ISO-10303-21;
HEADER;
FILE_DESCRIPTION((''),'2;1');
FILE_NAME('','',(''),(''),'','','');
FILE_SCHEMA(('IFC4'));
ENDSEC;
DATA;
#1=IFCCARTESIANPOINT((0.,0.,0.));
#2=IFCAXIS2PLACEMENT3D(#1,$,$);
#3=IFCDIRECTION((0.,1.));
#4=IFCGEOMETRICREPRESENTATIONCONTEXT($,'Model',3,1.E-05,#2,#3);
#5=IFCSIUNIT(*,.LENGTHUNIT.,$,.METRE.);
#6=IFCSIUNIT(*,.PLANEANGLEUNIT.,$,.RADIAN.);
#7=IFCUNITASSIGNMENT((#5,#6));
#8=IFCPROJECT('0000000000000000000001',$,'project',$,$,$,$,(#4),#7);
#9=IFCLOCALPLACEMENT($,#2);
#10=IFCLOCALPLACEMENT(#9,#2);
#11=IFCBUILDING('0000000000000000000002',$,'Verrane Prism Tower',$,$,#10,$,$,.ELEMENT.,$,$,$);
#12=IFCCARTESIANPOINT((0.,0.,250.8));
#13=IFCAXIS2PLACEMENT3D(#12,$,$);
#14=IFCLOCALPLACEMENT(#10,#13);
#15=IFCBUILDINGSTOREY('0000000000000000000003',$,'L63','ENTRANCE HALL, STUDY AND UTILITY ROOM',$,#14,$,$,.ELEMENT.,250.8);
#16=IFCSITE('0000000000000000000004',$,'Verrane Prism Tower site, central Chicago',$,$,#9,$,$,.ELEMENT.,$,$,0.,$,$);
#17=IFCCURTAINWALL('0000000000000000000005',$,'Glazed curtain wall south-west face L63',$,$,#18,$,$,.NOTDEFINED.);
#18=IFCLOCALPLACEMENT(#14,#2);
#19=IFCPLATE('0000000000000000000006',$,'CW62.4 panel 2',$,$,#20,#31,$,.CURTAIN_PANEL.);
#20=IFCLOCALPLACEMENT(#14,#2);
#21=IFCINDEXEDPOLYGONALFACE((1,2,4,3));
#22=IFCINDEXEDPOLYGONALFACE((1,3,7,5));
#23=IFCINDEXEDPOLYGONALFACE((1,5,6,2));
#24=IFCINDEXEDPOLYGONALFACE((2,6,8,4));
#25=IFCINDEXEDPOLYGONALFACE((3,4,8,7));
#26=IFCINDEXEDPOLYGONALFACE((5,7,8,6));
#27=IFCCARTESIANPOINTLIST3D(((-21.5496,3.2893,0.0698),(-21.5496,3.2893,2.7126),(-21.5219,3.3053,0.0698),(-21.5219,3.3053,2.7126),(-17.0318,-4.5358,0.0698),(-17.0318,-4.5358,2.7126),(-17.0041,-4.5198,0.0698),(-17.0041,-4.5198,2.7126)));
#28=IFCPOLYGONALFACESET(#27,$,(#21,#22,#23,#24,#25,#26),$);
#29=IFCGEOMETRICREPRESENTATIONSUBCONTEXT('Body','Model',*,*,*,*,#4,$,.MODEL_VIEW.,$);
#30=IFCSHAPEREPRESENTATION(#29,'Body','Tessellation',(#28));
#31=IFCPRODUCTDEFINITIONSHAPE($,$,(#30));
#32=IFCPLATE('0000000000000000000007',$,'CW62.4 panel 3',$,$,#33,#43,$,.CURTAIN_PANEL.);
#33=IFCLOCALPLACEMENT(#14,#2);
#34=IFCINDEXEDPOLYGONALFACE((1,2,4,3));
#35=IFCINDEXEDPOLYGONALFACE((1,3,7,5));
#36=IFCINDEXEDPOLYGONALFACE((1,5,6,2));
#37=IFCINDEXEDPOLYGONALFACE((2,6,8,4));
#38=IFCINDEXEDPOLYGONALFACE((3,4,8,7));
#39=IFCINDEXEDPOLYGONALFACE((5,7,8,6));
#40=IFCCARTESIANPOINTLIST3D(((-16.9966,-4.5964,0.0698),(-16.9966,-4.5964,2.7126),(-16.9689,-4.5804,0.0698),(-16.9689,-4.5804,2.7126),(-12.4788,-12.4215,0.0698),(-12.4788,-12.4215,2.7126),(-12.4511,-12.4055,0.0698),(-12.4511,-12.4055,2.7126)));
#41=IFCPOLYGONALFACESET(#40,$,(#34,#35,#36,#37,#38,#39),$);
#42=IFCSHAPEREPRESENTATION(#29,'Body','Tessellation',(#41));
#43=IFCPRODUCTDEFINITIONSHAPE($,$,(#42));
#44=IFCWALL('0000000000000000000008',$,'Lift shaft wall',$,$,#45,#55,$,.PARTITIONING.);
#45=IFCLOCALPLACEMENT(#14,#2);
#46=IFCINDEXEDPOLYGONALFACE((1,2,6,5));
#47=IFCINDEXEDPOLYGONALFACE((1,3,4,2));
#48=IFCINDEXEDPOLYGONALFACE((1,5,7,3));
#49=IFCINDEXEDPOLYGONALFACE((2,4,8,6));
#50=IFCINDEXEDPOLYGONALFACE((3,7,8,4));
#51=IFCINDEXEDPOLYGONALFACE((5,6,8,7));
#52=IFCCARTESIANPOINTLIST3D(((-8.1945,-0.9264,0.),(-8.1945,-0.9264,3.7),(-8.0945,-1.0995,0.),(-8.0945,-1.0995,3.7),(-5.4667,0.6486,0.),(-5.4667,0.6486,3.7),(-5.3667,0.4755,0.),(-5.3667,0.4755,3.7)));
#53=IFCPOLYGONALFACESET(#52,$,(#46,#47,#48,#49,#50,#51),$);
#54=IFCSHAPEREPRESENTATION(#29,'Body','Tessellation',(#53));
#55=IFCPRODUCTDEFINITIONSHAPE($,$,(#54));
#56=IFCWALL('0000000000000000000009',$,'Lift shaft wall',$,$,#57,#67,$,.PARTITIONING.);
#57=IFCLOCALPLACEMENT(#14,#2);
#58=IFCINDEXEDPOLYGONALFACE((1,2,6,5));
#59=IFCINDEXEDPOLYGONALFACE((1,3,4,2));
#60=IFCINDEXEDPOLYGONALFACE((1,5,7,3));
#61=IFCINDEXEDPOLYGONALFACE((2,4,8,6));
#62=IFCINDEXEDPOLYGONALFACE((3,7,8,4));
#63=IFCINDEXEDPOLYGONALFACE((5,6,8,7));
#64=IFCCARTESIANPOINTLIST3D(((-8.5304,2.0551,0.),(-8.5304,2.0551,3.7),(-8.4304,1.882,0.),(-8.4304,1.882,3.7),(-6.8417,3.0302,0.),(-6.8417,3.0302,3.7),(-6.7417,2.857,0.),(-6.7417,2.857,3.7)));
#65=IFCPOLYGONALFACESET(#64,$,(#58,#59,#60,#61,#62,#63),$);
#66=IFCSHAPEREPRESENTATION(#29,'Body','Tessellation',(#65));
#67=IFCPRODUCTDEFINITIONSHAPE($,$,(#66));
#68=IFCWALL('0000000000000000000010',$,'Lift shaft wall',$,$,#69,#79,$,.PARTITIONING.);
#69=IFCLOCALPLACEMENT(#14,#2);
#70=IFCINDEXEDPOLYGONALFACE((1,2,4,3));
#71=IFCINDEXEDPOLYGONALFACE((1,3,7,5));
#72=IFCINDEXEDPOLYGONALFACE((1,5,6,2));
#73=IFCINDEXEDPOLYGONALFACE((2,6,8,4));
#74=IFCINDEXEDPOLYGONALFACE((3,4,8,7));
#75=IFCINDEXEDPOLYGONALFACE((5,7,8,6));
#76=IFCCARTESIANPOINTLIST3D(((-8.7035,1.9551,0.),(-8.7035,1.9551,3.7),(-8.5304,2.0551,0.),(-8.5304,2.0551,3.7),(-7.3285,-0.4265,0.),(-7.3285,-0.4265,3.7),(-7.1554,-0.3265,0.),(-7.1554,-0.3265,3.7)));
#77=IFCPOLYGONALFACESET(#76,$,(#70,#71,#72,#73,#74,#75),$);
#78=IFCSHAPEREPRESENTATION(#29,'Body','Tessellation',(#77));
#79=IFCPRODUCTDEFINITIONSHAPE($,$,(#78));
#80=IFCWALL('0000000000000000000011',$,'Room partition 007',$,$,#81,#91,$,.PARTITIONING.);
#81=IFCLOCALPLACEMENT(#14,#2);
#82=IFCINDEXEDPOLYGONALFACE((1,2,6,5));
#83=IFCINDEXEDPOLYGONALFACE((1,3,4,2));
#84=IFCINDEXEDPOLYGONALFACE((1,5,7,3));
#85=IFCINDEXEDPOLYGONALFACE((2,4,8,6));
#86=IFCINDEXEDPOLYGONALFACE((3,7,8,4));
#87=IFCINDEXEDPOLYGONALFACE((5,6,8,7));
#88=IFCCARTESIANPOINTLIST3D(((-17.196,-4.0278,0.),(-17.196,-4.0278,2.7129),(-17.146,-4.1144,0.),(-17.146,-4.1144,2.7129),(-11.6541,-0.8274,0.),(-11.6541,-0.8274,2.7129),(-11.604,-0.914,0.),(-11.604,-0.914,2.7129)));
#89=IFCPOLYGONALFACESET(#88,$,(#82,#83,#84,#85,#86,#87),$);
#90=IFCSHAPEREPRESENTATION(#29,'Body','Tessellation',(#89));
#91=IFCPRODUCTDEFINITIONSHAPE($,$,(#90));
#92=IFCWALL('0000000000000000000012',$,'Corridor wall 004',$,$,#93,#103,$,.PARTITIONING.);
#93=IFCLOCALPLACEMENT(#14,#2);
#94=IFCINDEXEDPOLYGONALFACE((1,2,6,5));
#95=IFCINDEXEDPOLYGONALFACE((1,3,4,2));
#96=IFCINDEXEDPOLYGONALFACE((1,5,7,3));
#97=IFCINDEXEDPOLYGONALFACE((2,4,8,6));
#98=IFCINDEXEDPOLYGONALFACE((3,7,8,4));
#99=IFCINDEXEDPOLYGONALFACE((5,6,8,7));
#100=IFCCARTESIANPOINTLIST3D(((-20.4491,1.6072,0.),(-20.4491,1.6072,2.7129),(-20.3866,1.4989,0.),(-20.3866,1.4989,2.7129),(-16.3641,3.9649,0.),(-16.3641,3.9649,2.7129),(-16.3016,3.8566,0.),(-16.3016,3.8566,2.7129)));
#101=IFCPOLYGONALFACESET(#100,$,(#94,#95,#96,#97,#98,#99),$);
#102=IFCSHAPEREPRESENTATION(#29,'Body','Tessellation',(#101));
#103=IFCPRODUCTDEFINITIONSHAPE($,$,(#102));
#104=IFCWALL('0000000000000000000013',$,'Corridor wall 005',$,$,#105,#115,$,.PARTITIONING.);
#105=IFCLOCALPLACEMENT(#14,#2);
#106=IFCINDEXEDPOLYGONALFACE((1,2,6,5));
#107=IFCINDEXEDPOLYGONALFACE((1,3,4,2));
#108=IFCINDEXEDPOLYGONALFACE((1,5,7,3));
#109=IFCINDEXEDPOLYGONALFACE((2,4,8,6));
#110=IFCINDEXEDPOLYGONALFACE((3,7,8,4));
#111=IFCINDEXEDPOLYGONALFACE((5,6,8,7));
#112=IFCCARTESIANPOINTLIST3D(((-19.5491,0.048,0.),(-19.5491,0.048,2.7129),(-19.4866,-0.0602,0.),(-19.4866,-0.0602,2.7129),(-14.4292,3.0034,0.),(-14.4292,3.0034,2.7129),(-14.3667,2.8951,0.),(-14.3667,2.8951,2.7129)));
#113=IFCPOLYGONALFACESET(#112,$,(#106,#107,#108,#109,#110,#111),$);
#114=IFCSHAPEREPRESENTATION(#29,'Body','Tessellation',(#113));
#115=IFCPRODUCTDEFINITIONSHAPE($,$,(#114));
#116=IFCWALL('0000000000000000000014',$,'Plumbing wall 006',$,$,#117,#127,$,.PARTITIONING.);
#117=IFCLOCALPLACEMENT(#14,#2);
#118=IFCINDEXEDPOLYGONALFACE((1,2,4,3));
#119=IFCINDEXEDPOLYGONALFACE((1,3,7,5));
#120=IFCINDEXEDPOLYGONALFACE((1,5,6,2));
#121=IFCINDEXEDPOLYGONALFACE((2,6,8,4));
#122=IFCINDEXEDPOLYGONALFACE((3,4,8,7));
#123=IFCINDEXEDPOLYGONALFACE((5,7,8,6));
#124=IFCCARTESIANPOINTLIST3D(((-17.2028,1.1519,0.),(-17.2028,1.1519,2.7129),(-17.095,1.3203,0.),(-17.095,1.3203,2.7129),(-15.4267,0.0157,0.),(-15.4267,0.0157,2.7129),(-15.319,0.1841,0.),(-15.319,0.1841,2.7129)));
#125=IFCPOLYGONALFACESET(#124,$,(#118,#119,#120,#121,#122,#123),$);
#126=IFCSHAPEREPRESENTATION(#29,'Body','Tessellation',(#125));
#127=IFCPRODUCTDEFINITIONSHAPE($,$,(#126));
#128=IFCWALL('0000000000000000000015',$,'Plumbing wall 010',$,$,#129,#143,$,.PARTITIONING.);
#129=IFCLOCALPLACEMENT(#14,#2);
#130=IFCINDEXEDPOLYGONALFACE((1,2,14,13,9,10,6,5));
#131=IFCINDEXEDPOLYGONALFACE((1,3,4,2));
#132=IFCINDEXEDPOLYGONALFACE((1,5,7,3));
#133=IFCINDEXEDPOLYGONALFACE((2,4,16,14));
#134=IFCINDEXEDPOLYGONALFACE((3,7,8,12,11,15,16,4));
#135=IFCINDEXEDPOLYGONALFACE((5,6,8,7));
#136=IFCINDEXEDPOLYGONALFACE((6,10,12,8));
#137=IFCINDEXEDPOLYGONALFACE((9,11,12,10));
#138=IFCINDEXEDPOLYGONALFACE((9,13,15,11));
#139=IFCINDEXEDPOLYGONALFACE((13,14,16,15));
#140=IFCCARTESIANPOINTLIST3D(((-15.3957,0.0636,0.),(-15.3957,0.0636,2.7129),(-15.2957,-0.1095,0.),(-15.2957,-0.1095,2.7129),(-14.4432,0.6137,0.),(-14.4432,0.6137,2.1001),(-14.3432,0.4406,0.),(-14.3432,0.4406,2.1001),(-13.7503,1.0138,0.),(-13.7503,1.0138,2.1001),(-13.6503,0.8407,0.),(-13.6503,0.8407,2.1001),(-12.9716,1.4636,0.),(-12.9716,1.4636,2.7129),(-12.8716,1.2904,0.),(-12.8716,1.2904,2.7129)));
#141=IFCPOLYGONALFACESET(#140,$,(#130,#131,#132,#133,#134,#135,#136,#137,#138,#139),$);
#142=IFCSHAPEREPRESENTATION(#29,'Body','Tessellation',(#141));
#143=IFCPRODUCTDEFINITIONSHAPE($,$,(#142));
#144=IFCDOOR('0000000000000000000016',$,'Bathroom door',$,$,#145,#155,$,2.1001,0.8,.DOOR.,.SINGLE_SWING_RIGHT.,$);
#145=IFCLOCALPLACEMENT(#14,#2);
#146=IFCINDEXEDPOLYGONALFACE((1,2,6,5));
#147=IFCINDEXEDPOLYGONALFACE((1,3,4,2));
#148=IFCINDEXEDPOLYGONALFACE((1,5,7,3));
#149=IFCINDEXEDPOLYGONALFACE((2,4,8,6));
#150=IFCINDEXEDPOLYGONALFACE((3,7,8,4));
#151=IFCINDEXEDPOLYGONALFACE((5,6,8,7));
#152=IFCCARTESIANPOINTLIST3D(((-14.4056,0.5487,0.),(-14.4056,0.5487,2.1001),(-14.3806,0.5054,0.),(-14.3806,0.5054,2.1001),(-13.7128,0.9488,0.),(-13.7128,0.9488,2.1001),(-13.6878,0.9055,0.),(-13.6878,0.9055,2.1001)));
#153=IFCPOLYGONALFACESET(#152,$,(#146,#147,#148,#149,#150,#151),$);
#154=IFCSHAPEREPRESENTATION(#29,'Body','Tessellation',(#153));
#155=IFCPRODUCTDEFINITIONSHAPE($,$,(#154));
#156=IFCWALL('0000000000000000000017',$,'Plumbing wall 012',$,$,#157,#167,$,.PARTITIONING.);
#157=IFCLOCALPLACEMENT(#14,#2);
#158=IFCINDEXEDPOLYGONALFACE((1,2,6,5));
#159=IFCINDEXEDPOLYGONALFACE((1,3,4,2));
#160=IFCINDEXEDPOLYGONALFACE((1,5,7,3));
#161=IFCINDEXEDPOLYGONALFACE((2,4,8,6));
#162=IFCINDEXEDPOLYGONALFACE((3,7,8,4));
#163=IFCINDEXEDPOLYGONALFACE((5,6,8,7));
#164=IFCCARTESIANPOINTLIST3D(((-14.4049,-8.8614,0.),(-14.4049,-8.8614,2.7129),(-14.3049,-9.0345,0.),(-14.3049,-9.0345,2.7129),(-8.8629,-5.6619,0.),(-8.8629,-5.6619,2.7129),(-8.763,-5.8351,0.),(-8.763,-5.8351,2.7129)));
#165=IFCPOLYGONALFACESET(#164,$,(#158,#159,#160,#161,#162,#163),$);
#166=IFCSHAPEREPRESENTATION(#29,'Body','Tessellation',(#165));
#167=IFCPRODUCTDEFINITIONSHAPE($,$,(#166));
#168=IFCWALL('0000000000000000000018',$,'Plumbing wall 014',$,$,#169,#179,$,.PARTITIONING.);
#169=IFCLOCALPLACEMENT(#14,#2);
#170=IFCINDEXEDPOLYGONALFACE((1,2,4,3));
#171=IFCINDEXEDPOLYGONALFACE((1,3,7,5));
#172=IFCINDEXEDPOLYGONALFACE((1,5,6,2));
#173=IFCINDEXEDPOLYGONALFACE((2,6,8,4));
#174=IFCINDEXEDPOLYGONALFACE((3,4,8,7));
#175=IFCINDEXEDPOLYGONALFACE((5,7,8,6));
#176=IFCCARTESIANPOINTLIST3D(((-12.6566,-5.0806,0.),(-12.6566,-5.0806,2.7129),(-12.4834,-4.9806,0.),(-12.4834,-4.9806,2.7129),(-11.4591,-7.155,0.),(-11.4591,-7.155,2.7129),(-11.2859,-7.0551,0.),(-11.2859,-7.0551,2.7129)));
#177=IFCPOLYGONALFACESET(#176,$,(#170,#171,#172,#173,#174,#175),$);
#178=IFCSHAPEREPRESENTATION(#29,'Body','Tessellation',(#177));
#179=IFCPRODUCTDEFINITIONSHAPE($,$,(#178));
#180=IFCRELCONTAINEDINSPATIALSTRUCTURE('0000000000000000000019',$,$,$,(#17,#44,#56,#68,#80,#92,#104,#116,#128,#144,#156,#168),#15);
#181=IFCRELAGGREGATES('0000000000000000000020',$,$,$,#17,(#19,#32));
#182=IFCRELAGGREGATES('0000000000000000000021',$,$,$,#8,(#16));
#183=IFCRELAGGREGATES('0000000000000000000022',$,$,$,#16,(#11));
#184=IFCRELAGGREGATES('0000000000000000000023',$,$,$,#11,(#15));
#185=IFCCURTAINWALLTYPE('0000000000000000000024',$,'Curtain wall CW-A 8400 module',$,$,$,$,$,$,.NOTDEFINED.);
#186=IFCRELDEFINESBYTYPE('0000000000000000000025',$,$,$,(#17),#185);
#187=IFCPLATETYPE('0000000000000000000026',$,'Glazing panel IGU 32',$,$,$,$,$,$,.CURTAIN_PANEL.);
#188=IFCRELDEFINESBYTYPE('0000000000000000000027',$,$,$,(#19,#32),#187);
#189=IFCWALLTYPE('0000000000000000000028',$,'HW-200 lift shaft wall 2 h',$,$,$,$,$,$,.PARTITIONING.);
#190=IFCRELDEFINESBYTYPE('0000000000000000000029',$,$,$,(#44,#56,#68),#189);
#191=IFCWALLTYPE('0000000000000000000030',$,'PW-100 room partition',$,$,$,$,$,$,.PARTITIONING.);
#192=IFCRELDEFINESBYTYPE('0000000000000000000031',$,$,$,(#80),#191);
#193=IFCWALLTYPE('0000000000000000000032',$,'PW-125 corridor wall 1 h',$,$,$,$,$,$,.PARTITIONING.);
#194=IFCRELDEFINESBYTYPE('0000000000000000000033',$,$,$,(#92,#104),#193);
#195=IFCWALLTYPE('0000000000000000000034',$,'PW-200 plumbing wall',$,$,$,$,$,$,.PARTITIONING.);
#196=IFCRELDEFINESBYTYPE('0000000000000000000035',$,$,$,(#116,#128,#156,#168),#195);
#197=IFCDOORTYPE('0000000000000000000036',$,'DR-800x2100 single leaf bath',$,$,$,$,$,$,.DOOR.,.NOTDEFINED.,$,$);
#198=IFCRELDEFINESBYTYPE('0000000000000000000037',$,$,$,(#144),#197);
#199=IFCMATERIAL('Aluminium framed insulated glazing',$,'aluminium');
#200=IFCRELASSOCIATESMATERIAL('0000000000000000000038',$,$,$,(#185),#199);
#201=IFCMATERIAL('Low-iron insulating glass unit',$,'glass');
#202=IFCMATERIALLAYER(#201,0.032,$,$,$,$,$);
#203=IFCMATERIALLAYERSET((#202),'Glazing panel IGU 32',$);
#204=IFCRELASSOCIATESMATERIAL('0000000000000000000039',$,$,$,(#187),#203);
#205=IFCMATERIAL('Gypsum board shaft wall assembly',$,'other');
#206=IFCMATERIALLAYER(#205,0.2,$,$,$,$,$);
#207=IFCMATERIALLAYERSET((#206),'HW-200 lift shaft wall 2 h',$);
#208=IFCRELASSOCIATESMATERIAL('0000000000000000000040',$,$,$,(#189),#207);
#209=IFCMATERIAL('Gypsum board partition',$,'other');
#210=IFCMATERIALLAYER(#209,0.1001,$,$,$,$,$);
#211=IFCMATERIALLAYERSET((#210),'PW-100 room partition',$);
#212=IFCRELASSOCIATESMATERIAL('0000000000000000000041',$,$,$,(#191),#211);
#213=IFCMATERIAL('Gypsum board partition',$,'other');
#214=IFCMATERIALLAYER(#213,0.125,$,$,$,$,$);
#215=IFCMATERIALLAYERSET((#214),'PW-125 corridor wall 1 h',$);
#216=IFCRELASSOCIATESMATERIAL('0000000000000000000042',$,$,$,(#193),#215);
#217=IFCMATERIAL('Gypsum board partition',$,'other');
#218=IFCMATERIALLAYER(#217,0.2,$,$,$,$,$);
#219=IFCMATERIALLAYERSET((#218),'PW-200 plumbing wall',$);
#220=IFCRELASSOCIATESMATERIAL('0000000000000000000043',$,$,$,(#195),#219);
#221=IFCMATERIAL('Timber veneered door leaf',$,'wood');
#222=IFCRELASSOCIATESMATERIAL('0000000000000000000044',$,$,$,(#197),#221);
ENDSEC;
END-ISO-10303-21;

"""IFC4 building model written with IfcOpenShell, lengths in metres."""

from ifc_helpers import new_model, si_unit, direction, frame, frame_2d, origin, origin_2d, place, context, subcontext, project, spatial, rectangle, extrude, material, layer, layer_set, type_object, element, fill, aggregate, save


model = new_model("IFC4")

# Units and contexts
model_context = context("Model", 3, precision=1e-05, world=origin(), true_north=direction((0.0, 1.0)))
body_context = subcontext(model_context, "Body", "Model", "MODEL_VIEW")
ifc_project = project(units=[si_unit("LENGTHUNIT", "METRE"), si_unit("PLANEANGLEUNIT", "RADIAN")], contexts=[model_context])

# Site, building, storey
site_placement = place(None, origin())
site = spatial("IfcSite", under=ifc_project, at=site_placement, Name="Verrane Prism Tower site, central Chicago", CompositionType="ELEMENT", RefElevation=0.0)
building_placement = place(site_placement, origin())
building = spatial("IfcBuilding", under=site, at=building_placement, Name="Verrane Prism Tower", CompositionType="ELEMENT")
storey_placement = place(building_placement, frame((0.0, 0.0, 250.8)))
storey = spatial("IfcBuildingStorey", under=building, at=storey_placement, Name="L63", Description="ENTRANCE HALL, STUDY AND UTILITY ROOM", CompositionType="ELEMENT", Elevation=250.8)

# Curtain wall
ifc_material_1 = material(Name="Aluminium framed insulated glazing", Category="aluminium")
curtain_wall_type = type_object("IfcCurtainWallType", Name="Curtain wall CW-A 8400 module", PredefinedType="NOTDEFINED", material=ifc_material_1)
curtain_wall_placement = place(storey_placement, origin())
curtain_wall = element("IfcCurtainWall", 1, at=curtain_wall_placement, inside=storey, type_object=curtain_wall_type, Name="Glazed curtain wall south-west face L63", PredefinedType="NOTDEFINED")

# Plates
ifc_material_2 = material(Name="Low-iron insulating glass unit", Category="glass")
ifc_layer_1 = layer(ifc_material_2, 0.032)
ifc_layer_set_1 = layer_set([ifc_layer_1], Name="Glazing panel IGU 32")
plate_type = type_object("IfcPlateType", Name="Glazing panel IGU 32", PredefinedType="CURTAIN_PANEL", material=ifc_layer_set_1)
plate_1_placement = place(storey_placement, frame((-19.2769, -0.6152, 0.0698), z_axis=(0.0, 0.0, 1.0), x_axis=(0.5, -0.866026, 0.0)))
plate_1 = element("IfcPlate", 2, at=plate_1_placement, type_object=plate_type, Name="CW62.4 panel 2", PredefinedType="CURTAIN_PANEL", context=body_context, shape_type="SweptSolid", body=[
    extrude(rectangle(XDim=9.0356, YDim=0.032, at=origin_2d()), origin(), (0.0, 0.0, 1.0), 2.6428),
])
plate_2_placement = place(storey_placement, frame((-14.7239, -8.501, 0.0698), z_axis=(0.0, 0.0, 1.0), x_axis=(0.5, -0.866026, 0.0)))
plate_2 = element("IfcPlate", 3, at=plate_2_placement, type_object=plate_type, Name="CW62.4 panel 3", PredefinedType="CURTAIN_PANEL", context=body_context, shape_type="SweptSolid", body=[
    extrude(rectangle(XDim=9.0356, YDim=0.032, at=origin_2d()), origin(), (0.0, 0.0, 1.0), 2.6428),
])
aggregate(curtain_wall, [plate_1, plate_2])

# Walls
ifc_material_3 = material(Name="Gypsum board shaft wall assembly", Category="other")
ifc_layer_2 = layer(ifc_material_3, 0.2)
ifc_layer_set_2 = layer_set([ifc_layer_2], Name="HW-200 lift shaft wall 2 h")
wall_type_1 = type_object("IfcWallType", Name="HW-200 lift shaft wall 2 h", PredefinedType="PARTITIONING", material=ifc_layer_set_2)
wall_1_placement = place(storey_placement, frame((-8.1445, -1.0129, 0.0), z_axis=(0.0, 0.0, 1.0), x_axis=(0.866016, 0.500015, 0.0)))
element("IfcWall", 4, at=wall_1_placement, inside=storey, type_object=wall_type_1, Name="Lift shaft wall", PredefinedType="PARTITIONING", context=body_context, shape_type="SweptSolid", body=[
    extrude(rectangle(XDim=3.1499, YDim=0.2, at=frame_2d((1.575, 0.0))), origin(), (0.0, 0.0, 1.0), 3.7),
])
wall_2_placement = place(storey_placement, frame((-8.4805, 1.9685, 0.0), z_axis=(0.0, 0.0, 1.0), x_axis=(0.866, 0.500044, 0.0)))
element("IfcWall", 5, at=wall_2_placement, inside=storey, type_object=wall_type_1, Name="Lift shaft wall", PredefinedType="PARTITIONING", context=body_context, shape_type="SweptSolid", body=[
    extrude(rectangle(XDim=1.95, YDim=0.2, at=frame_2d((0.9751, 0.0))), origin(), (0.0, 0.0, 1.0), 3.7),
])
wall_3_placement = place(storey_placement, frame((-7.2419, -0.3765, 0.0), z_axis=(0.0, 0.0, 1.0), x_axis=(-0.499997, 0.866027, 0.0)))
element("IfcWall", 6, at=wall_3_placement, inside=storey, type_object=wall_type_1, Name="Lift shaft wall", PredefinedType="PARTITIONING", context=body_context, shape_type="SweptSolid", body=[
    extrude(rectangle(XDim=2.75, YDim=0.2, at=frame_2d((1.375, 0.0))), origin(), (0.0, 0.0, 1.0), 3.7),
])
ifc_material_4 = material(Name="Gypsum board partition", Category="other")
ifc_layer_3 = layer(ifc_material_4, 0.1001)
ifc_layer_set_3 = layer_set([ifc_layer_3], Name="PW-100 room partition")
wall_type_2 = type_object("IfcWallType", Name="PW-100 room partition", PredefinedType="PARTITIONING", material=ifc_layer_set_3)
wall_4_placement = place(storey_placement, frame((-17.1709, -4.071, 0.0), z_axis=(0.0, 0.0, 1.0), x_axis=(0.865973, 0.50009, 0.0)))
element("IfcWall", 7, at=wall_4_placement, inside=storey, type_object=wall_type_2, Name="Room partition 007", PredefinedType="PARTITIONING", context=body_context, shape_type="SweptSolid", body=[
    extrude(rectangle(XDim=6.3997, YDim=0.1001, at=frame_2d((3.1997, 0.0))), origin(), (0.0, 0.0, 1.0), 2.7129),
])
ifc_material_5 = material(Name="Gypsum board partition", Category="other")
ifc_layer_4 = layer(ifc_material_5, 0.125)
ifc_layer_set_4 = layer_set([ifc_layer_4], Name="PW-125 corridor wall 1 h")
wall_type_3 = type_object("IfcWallType", Name="PW-125 corridor wall 1 h", PredefinedType="PARTITIONING", material=ifc_layer_set_4)
wall_5_placement = place(storey_placement, frame((-20.418, 1.553, 0.0), z_axis=(0.0, 0.0, 1.0), x_axis=(0.866098, 0.499875, 0.0)))
element("IfcWall", 8, at=wall_5_placement, inside=storey, type_object=wall_type_3, Name="Corridor wall 004", PredefinedType="PARTITIONING", context=body_context, shape_type="SweptSolid", body=[
    extrude(rectangle(XDim=4.7166, YDim=0.125, at=frame_2d((2.3584, 0.0))), origin(), (0.0, 0.0, 1.0), 2.7129),
])
wall_6_placement = place(storey_placement, frame((-19.5178, -0.0061, 0.0), z_axis=(0.0, 0.0, 1.0), x_axis=(0.866072, 0.499919, 0.0)))
element("IfcWall", 9, at=wall_6_placement, inside=storey, type_object=wall_type_3, Name="Corridor wall 005", PredefinedType="PARTITIONING", context=body_context, shape_type="SweptSolid", body=[
    extrude(rectangle(XDim=5.9116, YDim=0.125, at=frame_2d((2.9558, 0.0))), origin(), (0.0, 0.0, 1.0), 2.7129),
])
ifc_material_6 = material(Name="Gypsum board partition", Category="other")
ifc_layer_5 = layer(ifc_material_6, 0.2)
ifc_layer_set_5 = layer_set([ifc_layer_5], Name="PW-200 plumbing wall")
wall_type_4 = type_object("IfcWallType", Name="PW-200 plumbing wall", PredefinedType="PARTITIONING", material=ifc_layer_set_5)
wall_7_placement = place(storey_placement, frame((-17.1489, 1.2361, 0.0), z_axis=(0.0, 0.0, 1.0), x_axis=(0.842377, -0.538889, 0.0)))
element("IfcWall", 10, at=wall_7_placement, inside=storey, type_object=wall_type_4, Name="Plumbing wall 006", PredefinedType="PARTITIONING", context=body_context, shape_type="SweptSolid", body=[
    extrude(rectangle(XDim=2.1084, YDim=0.2, at=frame_2d((1.0542, 0.0))), origin(), (0.0, 0.0, 1.0), 2.7129),
])

# Wall, opening, door
wall_8_placement = place(storey_placement, frame((-15.3457, -0.0229, 0.0), z_axis=(0.0, 0.0, 1.0), x_axis=(0.865969, 0.500097, 0.0)))
wall_8 = element("IfcWall", 11, at=wall_8_placement, inside=storey, type_object=wall_type_4, Name="Plumbing wall 010", PredefinedType="PARTITIONING", context=body_context, shape_type="SweptSolid", body=[
    extrude(rectangle(XDim=2.7993, YDim=0.2, at=frame_2d((1.3997, 0.0))), origin(), (0.0, 0.0, 1.0), 2.7129),
])
opening_1_placement = place(wall_8_placement, frame((1.1001, 0.0, 0.0)))
opening_1 = element("IfcOpeningElement", 12, at=opening_1_placement, cuts=wall_8, PredefinedType="OPENING", context=body_context, shape_type="SweptSolid", body=[
    extrude(rectangle(XDim=0.8, YDim=2.1001, at=frame_2d((0.3999, 1.05))), frame((0.0, 0.1099, 0.0), z_axis=(0.0, -1.0, 0.0), x_axis=(1.0, 0.0, 0.0)), (0.0, 0.0, 1.0), 0.22),
])
ifc_material_7 = material(Name="Timber veneered door leaf", Category="wood")
door_type = type_object("IfcDoorType", Name="DR-800x2100 single leaf bath", OperationType="NOTDEFINED", PredefinedType="DOOR", material=ifc_material_7)
door_1_placement = place(opening_1_placement, origin())
door_1 = element("IfcDoor", 13, at=door_1_placement, inside=storey, type_object=door_type, Name="Bathroom door", OperationType="SINGLE_SWING_RIGHT", OverallHeight=2.1001, OverallWidth=0.8, PredefinedType="DOOR", context=body_context, shape_type="SweptSolid", body=[
    extrude(rectangle(XDim=0.8, YDim=2.1001, at=frame_2d((0.3999, 1.05))), frame((0.0, 0.0249, 0.0), z_axis=(0.0, -1.0, 0.0), x_axis=(1.0, 0.0, 0.0)), (0.0, 0.0, 1.0), 0.05),
])
fill(opening_1, door_1)

# Walls
wall_9_placement = place(storey_placement, frame((-14.355, -8.948, 0.0), z_axis=(0.0, 0.0, 1.0), x_axis=(0.866039, 0.499976, 0.0)))
element("IfcWall", 14, at=wall_9_placement, inside=storey, type_object=wall_type_4, Name="Plumbing wall 012", PredefinedType="PARTITIONING", context=body_context, shape_type="SweptSolid", body=[
    extrude(rectangle(XDim=6.3992, YDim=0.2, at=frame_2d((3.1997, 0.0))), origin(), (0.0, 0.0, 1.0), 2.7129),
])
wall_10_placement = place(storey_placement, frame((-12.5701, -5.0305, 0.0), z_axis=(0.0, 0.0, 1.0), x_axis=(0.499943, -0.866058, 0.0)))
element("IfcWall", 15, at=wall_10_placement, inside=storey, type_object=wall_type_4, Name="Plumbing wall 014", PredefinedType="PARTITIONING", context=body_context, shape_type="SweptSolid", body=[
    extrude(rectangle(XDim=2.3953, YDim=0.2, at=frame_2d((1.1978, 0.0))), origin(), (0.0, 0.0, 1.0), 2.7129),
])

save(model, "model.ifc")
